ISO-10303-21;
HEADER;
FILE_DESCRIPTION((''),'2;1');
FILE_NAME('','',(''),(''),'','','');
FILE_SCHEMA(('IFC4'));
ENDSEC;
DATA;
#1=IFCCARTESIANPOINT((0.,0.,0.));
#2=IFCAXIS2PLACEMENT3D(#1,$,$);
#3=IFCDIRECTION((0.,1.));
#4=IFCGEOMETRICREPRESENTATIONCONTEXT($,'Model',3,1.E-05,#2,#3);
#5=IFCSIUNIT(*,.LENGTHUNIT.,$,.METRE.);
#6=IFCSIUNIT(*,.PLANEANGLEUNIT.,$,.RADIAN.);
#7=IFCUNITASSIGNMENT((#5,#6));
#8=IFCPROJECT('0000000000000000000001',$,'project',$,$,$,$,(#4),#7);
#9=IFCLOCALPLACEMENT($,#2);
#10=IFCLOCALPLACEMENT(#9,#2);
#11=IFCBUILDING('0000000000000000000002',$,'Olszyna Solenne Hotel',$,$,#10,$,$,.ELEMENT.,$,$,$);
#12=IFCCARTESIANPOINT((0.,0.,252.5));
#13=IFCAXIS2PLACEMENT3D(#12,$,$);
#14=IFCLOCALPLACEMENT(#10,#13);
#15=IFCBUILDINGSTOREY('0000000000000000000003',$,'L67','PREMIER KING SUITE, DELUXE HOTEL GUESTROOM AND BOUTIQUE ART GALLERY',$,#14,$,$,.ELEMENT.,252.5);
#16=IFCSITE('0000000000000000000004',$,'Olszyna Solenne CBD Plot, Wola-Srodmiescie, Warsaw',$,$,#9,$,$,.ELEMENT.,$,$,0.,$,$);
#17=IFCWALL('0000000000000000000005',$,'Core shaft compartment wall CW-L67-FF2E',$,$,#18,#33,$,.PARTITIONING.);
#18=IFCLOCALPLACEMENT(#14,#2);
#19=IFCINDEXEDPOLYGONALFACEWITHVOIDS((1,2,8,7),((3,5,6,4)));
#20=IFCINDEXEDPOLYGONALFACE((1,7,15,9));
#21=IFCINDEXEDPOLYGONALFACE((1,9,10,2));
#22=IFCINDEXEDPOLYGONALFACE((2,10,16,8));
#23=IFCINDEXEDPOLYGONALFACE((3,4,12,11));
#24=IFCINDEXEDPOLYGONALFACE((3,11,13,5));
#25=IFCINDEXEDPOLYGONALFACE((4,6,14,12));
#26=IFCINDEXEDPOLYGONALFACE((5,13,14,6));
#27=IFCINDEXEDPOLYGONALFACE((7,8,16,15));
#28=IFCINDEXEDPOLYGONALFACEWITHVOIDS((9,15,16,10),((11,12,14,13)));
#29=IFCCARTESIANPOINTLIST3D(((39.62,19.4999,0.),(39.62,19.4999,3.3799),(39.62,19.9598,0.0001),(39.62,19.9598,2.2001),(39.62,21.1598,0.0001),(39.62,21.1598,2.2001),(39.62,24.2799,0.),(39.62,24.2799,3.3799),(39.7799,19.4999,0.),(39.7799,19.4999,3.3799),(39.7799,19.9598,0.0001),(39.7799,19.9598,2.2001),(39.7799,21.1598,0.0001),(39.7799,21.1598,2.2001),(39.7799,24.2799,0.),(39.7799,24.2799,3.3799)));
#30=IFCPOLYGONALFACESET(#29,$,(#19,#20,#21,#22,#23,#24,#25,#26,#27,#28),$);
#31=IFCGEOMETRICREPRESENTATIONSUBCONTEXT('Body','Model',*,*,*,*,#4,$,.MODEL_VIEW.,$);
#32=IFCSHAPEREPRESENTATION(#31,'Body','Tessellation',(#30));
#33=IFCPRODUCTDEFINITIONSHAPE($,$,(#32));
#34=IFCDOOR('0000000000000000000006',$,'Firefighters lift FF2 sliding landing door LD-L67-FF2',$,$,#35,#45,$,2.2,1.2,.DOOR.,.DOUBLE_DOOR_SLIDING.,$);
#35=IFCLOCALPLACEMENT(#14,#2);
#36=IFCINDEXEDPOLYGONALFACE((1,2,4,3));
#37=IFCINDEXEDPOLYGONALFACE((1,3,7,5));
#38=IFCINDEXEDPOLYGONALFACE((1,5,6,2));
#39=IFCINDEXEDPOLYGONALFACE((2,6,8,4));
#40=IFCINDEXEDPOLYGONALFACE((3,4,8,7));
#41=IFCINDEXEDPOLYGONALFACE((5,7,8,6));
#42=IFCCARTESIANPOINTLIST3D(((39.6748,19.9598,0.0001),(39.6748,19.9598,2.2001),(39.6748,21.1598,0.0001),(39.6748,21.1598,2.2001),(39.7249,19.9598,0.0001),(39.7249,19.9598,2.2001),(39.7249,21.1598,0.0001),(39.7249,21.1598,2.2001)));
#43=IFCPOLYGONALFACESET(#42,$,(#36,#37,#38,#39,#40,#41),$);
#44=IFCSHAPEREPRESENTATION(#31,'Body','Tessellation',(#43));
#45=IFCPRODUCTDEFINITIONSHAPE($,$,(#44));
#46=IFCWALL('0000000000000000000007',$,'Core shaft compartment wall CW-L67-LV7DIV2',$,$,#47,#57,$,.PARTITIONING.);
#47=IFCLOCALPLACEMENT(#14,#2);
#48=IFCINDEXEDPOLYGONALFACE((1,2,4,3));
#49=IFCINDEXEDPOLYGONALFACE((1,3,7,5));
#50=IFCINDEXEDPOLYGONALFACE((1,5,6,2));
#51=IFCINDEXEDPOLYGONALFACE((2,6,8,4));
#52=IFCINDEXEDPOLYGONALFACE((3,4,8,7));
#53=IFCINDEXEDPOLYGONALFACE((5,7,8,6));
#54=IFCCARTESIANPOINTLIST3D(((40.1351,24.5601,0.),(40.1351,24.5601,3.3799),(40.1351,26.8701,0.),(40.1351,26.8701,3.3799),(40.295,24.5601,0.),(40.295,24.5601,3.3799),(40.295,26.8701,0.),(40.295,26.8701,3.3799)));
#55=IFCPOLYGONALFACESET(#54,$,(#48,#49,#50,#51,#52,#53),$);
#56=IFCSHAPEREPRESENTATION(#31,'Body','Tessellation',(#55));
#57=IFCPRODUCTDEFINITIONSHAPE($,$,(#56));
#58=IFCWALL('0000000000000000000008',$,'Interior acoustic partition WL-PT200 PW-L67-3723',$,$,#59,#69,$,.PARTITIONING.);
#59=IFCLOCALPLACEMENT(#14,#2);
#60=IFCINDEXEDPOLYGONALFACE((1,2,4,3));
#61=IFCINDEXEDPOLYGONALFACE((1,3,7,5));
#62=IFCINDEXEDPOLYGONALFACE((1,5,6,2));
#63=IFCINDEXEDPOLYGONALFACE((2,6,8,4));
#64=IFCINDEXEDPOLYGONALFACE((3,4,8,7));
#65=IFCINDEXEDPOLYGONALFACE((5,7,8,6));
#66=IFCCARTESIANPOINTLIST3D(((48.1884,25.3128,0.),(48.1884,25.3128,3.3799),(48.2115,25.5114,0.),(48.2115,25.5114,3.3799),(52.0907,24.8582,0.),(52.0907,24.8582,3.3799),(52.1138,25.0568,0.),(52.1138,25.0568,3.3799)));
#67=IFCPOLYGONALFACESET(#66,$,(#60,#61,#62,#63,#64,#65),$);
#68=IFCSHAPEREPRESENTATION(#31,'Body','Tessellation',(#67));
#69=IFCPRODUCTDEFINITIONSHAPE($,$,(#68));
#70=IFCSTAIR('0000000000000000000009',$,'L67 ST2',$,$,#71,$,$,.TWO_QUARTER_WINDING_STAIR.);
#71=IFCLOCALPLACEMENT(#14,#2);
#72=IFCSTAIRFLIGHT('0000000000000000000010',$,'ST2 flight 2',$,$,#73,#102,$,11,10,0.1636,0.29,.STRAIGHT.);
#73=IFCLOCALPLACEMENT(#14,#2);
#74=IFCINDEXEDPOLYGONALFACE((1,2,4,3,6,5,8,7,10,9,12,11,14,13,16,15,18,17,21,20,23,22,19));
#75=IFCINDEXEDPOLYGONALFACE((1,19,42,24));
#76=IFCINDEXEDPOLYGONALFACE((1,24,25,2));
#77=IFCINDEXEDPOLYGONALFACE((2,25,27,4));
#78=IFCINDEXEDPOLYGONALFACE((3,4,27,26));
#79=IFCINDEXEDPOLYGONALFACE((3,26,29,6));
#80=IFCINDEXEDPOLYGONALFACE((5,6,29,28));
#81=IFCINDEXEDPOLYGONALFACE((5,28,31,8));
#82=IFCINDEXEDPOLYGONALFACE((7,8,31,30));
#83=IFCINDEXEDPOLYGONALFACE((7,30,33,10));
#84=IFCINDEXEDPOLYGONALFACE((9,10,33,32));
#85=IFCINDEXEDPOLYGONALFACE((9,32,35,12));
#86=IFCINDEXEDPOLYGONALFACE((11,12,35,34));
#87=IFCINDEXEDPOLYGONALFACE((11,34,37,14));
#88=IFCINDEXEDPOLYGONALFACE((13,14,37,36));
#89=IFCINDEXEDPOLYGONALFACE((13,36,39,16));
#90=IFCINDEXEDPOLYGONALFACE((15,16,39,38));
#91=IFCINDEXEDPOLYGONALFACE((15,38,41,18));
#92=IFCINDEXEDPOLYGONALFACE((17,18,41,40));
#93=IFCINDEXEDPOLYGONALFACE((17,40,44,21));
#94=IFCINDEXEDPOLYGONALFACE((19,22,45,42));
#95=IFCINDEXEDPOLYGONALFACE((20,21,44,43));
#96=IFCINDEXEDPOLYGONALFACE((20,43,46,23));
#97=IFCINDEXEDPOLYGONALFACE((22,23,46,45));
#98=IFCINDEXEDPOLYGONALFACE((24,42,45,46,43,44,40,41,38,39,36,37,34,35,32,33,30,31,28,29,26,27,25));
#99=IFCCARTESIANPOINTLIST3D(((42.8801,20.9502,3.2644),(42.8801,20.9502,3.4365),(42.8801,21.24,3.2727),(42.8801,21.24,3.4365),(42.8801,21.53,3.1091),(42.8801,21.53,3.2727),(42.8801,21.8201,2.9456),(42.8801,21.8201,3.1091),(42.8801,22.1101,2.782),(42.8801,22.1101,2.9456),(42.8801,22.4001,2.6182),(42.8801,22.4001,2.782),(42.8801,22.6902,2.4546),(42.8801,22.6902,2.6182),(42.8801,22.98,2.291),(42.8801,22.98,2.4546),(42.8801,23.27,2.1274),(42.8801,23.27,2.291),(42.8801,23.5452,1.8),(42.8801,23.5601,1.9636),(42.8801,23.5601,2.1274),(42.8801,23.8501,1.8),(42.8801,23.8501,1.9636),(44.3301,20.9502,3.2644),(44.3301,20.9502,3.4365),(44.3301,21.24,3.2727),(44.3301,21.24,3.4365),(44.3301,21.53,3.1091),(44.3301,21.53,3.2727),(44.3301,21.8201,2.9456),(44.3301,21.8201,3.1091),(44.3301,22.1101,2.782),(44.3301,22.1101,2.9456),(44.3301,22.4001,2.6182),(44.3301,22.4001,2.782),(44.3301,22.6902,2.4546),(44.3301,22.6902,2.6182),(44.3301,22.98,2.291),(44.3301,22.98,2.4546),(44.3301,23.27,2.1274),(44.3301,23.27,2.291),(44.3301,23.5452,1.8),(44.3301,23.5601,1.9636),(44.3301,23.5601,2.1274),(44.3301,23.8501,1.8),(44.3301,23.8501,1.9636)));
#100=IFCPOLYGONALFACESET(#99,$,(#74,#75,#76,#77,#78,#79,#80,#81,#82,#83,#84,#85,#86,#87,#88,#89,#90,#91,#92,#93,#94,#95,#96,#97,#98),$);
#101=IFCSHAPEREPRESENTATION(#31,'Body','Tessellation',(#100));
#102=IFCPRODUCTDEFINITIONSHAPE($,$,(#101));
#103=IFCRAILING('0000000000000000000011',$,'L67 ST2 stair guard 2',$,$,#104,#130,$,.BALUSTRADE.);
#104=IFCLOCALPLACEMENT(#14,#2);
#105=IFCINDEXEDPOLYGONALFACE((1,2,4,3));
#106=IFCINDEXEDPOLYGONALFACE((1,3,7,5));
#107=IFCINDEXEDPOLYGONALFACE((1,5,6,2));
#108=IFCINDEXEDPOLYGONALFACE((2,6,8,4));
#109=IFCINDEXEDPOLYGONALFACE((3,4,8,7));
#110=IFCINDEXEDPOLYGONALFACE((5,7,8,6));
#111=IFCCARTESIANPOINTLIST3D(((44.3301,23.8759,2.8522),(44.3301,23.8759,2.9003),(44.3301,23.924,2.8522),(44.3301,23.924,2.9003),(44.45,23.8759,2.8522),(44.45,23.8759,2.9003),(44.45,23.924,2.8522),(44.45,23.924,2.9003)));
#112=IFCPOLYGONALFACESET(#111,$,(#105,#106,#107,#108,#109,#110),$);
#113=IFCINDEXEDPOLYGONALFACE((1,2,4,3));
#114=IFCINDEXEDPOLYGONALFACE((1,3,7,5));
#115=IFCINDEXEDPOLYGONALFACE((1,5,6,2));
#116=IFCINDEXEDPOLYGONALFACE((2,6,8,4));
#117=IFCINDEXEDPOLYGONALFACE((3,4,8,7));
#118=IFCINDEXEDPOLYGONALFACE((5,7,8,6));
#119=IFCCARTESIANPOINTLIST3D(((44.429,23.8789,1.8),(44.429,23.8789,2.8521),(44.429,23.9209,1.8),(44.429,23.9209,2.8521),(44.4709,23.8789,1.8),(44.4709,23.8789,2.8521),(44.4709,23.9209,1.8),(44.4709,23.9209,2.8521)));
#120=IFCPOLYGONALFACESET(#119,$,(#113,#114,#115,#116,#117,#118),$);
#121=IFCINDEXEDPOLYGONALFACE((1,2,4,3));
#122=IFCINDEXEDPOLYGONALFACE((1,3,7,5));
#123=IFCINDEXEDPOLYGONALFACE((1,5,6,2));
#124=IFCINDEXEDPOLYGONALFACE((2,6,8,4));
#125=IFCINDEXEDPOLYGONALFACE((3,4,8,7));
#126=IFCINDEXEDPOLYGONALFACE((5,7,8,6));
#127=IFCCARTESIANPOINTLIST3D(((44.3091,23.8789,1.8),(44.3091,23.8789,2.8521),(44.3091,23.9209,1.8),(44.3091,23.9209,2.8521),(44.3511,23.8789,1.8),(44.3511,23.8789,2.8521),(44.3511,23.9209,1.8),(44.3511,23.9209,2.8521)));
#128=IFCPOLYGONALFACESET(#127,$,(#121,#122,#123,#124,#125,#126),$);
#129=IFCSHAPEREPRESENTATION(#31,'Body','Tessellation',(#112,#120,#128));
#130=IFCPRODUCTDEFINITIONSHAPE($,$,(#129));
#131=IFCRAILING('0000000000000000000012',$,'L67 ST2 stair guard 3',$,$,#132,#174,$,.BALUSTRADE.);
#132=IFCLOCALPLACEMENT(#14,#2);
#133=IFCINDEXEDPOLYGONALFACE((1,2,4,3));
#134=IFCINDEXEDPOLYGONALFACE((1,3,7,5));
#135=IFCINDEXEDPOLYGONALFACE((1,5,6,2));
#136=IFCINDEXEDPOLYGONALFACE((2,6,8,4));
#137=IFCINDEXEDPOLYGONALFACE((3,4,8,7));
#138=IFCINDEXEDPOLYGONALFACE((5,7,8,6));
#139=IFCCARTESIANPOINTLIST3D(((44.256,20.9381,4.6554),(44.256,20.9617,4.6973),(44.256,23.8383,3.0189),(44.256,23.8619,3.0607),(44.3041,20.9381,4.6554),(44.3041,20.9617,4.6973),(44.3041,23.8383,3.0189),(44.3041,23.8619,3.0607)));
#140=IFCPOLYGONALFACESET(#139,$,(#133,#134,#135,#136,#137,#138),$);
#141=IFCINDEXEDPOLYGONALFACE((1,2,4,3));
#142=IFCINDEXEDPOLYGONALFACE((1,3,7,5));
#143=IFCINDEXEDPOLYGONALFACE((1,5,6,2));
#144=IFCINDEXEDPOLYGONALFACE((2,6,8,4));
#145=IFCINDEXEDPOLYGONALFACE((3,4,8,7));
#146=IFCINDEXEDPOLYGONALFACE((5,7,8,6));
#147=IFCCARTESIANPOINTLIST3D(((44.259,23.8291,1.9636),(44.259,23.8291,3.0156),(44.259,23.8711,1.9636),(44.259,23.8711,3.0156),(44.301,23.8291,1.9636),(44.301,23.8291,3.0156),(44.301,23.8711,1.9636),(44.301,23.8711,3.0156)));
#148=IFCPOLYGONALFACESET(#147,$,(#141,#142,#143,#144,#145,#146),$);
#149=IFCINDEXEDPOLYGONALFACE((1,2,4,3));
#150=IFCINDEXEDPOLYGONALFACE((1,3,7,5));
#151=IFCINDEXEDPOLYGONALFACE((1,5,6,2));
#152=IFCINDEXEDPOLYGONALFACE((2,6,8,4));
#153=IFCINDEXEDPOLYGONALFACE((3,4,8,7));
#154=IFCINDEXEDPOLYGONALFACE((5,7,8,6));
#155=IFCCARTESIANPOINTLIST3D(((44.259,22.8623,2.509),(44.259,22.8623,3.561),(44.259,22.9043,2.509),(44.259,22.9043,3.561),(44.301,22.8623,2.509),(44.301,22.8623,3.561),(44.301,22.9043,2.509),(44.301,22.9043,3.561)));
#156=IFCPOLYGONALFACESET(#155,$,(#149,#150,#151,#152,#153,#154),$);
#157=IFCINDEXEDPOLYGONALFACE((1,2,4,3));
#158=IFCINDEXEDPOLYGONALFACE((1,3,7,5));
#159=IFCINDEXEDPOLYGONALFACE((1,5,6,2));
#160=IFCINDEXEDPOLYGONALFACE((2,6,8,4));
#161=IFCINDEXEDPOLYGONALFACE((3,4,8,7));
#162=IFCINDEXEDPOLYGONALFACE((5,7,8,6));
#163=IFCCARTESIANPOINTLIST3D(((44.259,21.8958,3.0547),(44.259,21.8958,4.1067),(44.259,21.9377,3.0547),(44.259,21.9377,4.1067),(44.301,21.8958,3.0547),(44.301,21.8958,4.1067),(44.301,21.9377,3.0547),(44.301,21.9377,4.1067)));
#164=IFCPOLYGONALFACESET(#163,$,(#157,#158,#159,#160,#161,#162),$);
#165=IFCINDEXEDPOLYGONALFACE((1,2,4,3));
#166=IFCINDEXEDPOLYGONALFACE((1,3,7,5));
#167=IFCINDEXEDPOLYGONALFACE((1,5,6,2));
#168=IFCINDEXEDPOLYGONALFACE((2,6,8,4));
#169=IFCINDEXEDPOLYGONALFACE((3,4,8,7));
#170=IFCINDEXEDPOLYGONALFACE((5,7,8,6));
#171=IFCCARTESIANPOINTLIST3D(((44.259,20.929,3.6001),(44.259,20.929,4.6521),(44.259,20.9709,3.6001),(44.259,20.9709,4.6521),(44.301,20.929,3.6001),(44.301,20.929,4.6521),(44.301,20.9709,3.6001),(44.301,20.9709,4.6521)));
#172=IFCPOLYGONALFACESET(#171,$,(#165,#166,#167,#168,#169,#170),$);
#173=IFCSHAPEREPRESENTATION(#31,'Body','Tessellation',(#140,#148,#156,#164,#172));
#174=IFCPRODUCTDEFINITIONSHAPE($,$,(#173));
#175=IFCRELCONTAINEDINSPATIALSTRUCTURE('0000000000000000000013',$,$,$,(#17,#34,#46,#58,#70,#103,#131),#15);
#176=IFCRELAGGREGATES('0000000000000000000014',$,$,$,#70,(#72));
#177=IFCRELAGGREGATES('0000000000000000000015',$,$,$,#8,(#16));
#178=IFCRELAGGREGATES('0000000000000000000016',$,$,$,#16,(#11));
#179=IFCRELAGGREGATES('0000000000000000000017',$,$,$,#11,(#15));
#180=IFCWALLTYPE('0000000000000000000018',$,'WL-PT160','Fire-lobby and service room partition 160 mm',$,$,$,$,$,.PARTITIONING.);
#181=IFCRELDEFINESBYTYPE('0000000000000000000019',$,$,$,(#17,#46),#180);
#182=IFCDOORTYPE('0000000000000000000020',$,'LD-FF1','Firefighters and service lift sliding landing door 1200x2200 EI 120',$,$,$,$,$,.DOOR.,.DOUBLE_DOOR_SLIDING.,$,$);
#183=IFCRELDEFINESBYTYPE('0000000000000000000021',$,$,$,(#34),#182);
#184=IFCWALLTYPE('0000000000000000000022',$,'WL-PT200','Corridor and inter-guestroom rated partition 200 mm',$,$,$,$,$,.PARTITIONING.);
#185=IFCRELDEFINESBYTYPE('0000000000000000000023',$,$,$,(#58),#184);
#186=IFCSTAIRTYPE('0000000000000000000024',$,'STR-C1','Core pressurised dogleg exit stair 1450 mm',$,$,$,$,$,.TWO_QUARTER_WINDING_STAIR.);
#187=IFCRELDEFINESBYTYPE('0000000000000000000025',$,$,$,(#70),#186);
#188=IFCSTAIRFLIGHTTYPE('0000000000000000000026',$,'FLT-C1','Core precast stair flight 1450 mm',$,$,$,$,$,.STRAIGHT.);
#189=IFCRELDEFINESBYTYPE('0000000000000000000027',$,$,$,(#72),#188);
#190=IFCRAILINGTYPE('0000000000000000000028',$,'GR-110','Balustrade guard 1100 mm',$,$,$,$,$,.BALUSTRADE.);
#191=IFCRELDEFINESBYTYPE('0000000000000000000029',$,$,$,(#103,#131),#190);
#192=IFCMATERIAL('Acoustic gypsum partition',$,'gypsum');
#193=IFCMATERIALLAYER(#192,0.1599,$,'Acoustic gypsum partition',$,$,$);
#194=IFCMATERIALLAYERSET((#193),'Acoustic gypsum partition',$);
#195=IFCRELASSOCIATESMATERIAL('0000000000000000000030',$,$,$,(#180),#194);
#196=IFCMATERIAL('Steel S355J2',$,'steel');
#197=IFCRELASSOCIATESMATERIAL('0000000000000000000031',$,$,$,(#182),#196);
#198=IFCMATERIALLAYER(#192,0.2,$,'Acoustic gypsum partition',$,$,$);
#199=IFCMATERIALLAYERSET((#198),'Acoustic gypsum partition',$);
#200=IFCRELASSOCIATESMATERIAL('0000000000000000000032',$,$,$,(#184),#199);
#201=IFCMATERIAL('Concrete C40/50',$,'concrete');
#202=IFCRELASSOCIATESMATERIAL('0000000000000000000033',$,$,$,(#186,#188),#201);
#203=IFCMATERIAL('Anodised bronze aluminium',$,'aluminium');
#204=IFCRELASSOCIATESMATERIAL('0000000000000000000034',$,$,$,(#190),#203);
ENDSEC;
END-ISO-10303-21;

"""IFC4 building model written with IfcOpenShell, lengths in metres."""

from ifc_helpers import new_model, si_unit, direction, frame, frame_2d, origin, origin_2d, place, context, subcontext, project, spatial, polyline, rectangle, outline, extrude, source, transform, mapped, material, layer, layer_set, type_object, type_shapes, element, fill, aggregate, save


model = new_model("IFC4")

# Units and contexts
model_context = context("Model", 3, precision=1e-05, world=origin(), true_north=direction((0.0, 1.0)))
body_context = subcontext(model_context, "Body", "Model", "MODEL_VIEW")
ifc_project = project(units=[si_unit("LENGTHUNIT", "METRE"), si_unit("PLANEANGLEUNIT", "RADIAN")], contexts=[model_context])

# Site, building, storey
site_placement = place(None, origin())
site = spatial("IfcSite", under=ifc_project, at=site_placement, Name="Olszyna Solenne CBD Plot, Wola-Srodmiescie, Warsaw", CompositionType="ELEMENT", RefElevation=0.0)
building_placement = place(site_placement, origin())
building = spatial("IfcBuilding", under=site, at=building_placement, Name="Olszyna Solenne Hotel", CompositionType="ELEMENT")
storey_placement = place(building_placement, frame((0.0, 0.0, 252.5)))
storey = spatial("IfcBuildingStorey", under=building, at=storey_placement, Name="L67", Description="PREMIER KING SUITE, DELUXE HOTEL GUESTROOM AND BOUTIQUE ART GALLERY", CompositionType="ELEMENT", Elevation=252.5)

# Shared definitions
ifc_material_1 = material(Name="Steel S355J2", Category="steel")

# Shared definitions
ifc_material_2 = material(Name="Anodised bronze aluminium", Category="aluminium")

# Wall, opening, door
ifc_material_3 = material(Name="Acoustic gypsum partition", Category="gypsum")
ifc_layer_1 = layer(ifc_material_3, 0.1599, Name="Acoustic gypsum partition")
ifc_layer_set_1 = layer_set([ifc_layer_1], Name="Acoustic gypsum partition")
wall_type_1 = type_object("IfcWallType", Name="WL-PT160", Description="Fire-lobby and service room partition 160 mm", PredefinedType="PARTITIONING", material=ifc_layer_set_1)
wall_1_placement = place(storey_placement, frame((39.7, 24.28, 0.0), z_axis=(0.0, 0.0, 1.0), x_axis=(0.0, -1.0, 0.0)))
wall_1 = element("IfcWall", 1, at=wall_1_placement, inside=storey, type_object=wall_type_1, Name="Core shaft compartment wall CW-L67-FF2E", PredefinedType="PARTITIONING", context=body_context, shape_type="SweptSolid", body=[
    extrude(rectangle(XDim=4.78, YDim=0.1599, at=frame_2d((2.3901, 0.0))), origin(), (0.0, 0.0, 1.0), 3.3799),
])
opening_1_placement = place(wall_1_placement, frame((3.1201, 0.0, 0.0)))
opening_1 = element("IfcOpeningElement", 2, at=opening_1_placement, cuts=wall_1, PredefinedType="OPENING", context=body_context, shape_type="SweptSolid", body=[
    extrude(rectangle(XDim=1.2, YDim=2.2, at=frame_2d((0.6001, 1.1001))), frame((0.0, 0.0898, 0.0), z_axis=(0.0, -1.0, 0.0), x_axis=(1.0, 0.0, 0.0)), (0.0, 0.0, 1.0), 0.1799),
])
door_type_1 = type_object("IfcDoorType", Name="LD-FF1", Description="Firefighters and service lift sliding landing door 1200x2200 EI 120", OperationType="DOUBLE_DOOR_SLIDING", PredefinedType="DOOR", material=ifc_material_1)
shared_shape_1 = source(origin(), body_context, "Body", "SweptSolid", [
    extrude(rectangle(XDim=1.2, YDim=2.2, at=frame_2d((0.6001, 1.1001))), frame((0.0, 0.0249, 0.0), z_axis=(0.0, -1.0, 0.0), x_axis=(1.0, 0.0, 0.0)), (0.0, 0.0, 1.0), 0.05),
])
type_shapes(door_type_1, [shared_shape_1])
door_1_placement = place(opening_1_placement, origin())
door_1 = element("IfcDoor", 3, at=door_1_placement, inside=storey, type_object=door_type_1, Name="Firefighters lift FF2 sliding landing door LD-L67-FF2", OperationType="DOUBLE_DOOR_SLIDING", OverallHeight=2.2, OverallWidth=1.2, PredefinedType="DOOR", context=body_context, shape_type="MappedRepresentation", body=[
    mapped(shared_shape_1, transform((0.0, 0.0, 0.0), x_axis=(1.0, 0.0, 0.0), y_axis=(0.0, 1.0, 0.0), z_axis=(0.0, 0.0, 1.0), scale=1.0)),
])
fill(opening_1, door_1)

# Walls
wall_2_placement = place(storey_placement, frame((40.2151, 24.5601, 0.0), z_axis=(0.0, 0.0, 1.0), x_axis=(0.0, 1.0, 0.0)))
element("IfcWall", 4, at=wall_2_placement, inside=storey, type_object=wall_type_1, Name="Core shaft compartment wall CW-L67-LV7DIV2", PredefinedType="PARTITIONING", context=body_context, shape_type="SweptSolid", body=[
    extrude(rectangle(XDim=2.3101, YDim=0.1599, at=frame_2d((1.155, 0.0))), origin(), (0.0, 0.0, 1.0), 3.3799),
])
ifc_layer_2 = layer(ifc_material_3, 0.2, Name="Acoustic gypsum partition")
ifc_layer_set_2 = layer_set([ifc_layer_2], Name="Acoustic gypsum partition")
wall_type_2 = type_object("IfcWallType", Name="WL-PT200", Description="Corridor and inter-guestroom rated partition 200 mm", PredefinedType="PARTITIONING", material=ifc_layer_set_2)
wall_3_placement = place(storey_placement, frame((48.2, 25.4121, 0.0), z_axis=(0.0, 0.0, 1.0), x_axis=(0.993283, -0.115709, 0.0)))
element("IfcWall", 5, at=wall_3_placement, inside=storey, type_object=wall_type_2, Name="Interior acoustic partition WL-PT200 PW-L67-3723", PredefinedType="PARTITIONING", context=body_context, shape_type="SweptSolid", body=[
    extrude(rectangle(XDim=3.9287, YDim=0.2, at=frame_2d((1.9644, 0.0))), origin(), (0.0, 0.0, 1.0), 3.3799),
])

# Stair, stair flight
ifc_material_4 = material(Name="Concrete C40/50", Category="concrete")
stair_type = type_object("IfcStairType", Name="STR-C1", Description="Core pressurised dogleg exit stair 1450 mm", PredefinedType="TWO_QUARTER_WINDING_STAIR", material=ifc_material_4)
stair_placement = place(storey_placement, origin())
stair = element("IfcStair", 6, at=stair_placement, inside=storey, type_object=stair_type, Name="L67 ST2", PredefinedType="TWO_QUARTER_WINDING_STAIR")
stair_flight_type = type_object("IfcStairFlightType", Name="FLT-C1", Description="Core precast stair flight 1450 mm", PredefinedType="STRAIGHT", material=ifc_material_4)
stair_flight_placement = place(storey_placement, frame((43.605, 23.8501, 1.8), z_axis=(0.0, 0.0, 1.0), x_axis=(0.0, -1.0, 0.0)))
stair_flight = element("IfcStairFlight", 7, at=stair_flight_placement, type_object=stair_flight_type, Name="ST2 flight 2", NumberOfRisers=11, NumberOfTreads=10, PredefinedType="STRAIGHT", RiserHeight=0.1636, TreadLength=0.29, context=body_context, shape_type="SweptSolid", body=[
    extrude(outline(polyline([(0.0, 0.0), (0.0, 0.1636), (0.29, 0.1636), (0.29, 0.3274), (0.5801, 0.3274), (0.5801, 0.491), (0.8701, 0.491), (0.8701, 0.6545), (1.1599, 0.6545), (1.1599, 0.8181), (1.45, 0.8181), (1.45, 0.9819), (1.74, 0.9819), (1.74, 1.1455), (2.03, 1.1455), (2.03, 1.3091), (2.3201, 1.3091), (2.3201, 1.4727), (2.6101, 1.4727), (2.6101, 1.6365), (2.8999, 1.6365), (2.8999, 1.8), (2.8999, 1.4644), (0.3049, 0.0), (0.0, 0.0)])), frame((0.0, 0.7251, 0.0), z_axis=(0.0, -1.0, 0.0), x_axis=(1.0, 0.0, 0.0)), (0.0, 0.0, 1.0), 1.45),
])
aggregate(stair, [stair_flight])

# Railings
railing_type_1 = type_object("IfcRailingType", Name="GR-110", Description="Balustrade guard 1100 mm", PredefinedType="BALUSTRADE", material=ifc_material_2)
railing_1_placement = place(storey_placement, frame((44.45, 23.8999, 1.8)))
element("IfcRailing", 8, at=railing_1_placement, inside=storey, type_object=railing_type_1, Name="L67 ST2 stair guard 2", PredefinedType="BALUSTRADE", context=body_context, shape_type="SweptSolid", body=[
    extrude(rectangle(XDim=0.0481, YDim=0.0481, at=origin_2d()), frame((0.0, 0.0, 1.0762), z_axis=(-1.0, 0.0, 0.0), x_axis=(0.0, -1.0, 0.0)), (0.0, 0.0, 1.0), 0.1199),
    extrude(rectangle(XDim=0.042, YDim=0.042, at=origin_2d()), origin(), (0.0, 0.0, 1.0), 1.052),
    extrude(rectangle(XDim=0.042, YDim=0.042, at=origin_2d()), frame((-0.1199, 0.0, 0.0)), (0.0, 0.0, 1.0), 1.052),
])
railing_2_placement = place(storey_placement, frame((44.28, 23.8501, 1.9636)))
element("IfcRailing", 9, at=railing_2_placement, inside=storey, type_object=railing_type_1, Name="L67 ST2 stair guard 3", PredefinedType="BALUSTRADE", context=body_context, shape_type="SweptSolid", body=[
    extrude(rectangle(XDim=0.0481, YDim=0.0481, at=origin_2d()), frame((0.0, 0.0, 1.0762), z_axis=(0.0, -0.870915, 0.491434), x_axis=(1.0, 0.0, 0.0)), (0.0, 0.0, 1.0), 3.3301),
    extrude(rectangle(XDim=0.042, YDim=0.042, at=origin_2d()), origin(), (0.0, 0.0, 1.0), 1.052),
    extrude(rectangle(XDim=0.042, YDim=0.042, at=origin_2d()), frame((0.0, -0.9668, 0.5454)), (0.0, 0.0, 1.0), 1.052),
    extrude(rectangle(XDim=0.042, YDim=0.042, at=origin_2d()), frame((0.0, -1.9333, 1.0911)), (0.0, 0.0, 1.0), 1.052),
    extrude(rectangle(XDim=0.042, YDim=0.042, at=origin_2d()), frame((0.0, -2.9001, 1.6365)), (0.0, 0.0, 1.0), 1.052),
])

save(model, "model.ifc")
